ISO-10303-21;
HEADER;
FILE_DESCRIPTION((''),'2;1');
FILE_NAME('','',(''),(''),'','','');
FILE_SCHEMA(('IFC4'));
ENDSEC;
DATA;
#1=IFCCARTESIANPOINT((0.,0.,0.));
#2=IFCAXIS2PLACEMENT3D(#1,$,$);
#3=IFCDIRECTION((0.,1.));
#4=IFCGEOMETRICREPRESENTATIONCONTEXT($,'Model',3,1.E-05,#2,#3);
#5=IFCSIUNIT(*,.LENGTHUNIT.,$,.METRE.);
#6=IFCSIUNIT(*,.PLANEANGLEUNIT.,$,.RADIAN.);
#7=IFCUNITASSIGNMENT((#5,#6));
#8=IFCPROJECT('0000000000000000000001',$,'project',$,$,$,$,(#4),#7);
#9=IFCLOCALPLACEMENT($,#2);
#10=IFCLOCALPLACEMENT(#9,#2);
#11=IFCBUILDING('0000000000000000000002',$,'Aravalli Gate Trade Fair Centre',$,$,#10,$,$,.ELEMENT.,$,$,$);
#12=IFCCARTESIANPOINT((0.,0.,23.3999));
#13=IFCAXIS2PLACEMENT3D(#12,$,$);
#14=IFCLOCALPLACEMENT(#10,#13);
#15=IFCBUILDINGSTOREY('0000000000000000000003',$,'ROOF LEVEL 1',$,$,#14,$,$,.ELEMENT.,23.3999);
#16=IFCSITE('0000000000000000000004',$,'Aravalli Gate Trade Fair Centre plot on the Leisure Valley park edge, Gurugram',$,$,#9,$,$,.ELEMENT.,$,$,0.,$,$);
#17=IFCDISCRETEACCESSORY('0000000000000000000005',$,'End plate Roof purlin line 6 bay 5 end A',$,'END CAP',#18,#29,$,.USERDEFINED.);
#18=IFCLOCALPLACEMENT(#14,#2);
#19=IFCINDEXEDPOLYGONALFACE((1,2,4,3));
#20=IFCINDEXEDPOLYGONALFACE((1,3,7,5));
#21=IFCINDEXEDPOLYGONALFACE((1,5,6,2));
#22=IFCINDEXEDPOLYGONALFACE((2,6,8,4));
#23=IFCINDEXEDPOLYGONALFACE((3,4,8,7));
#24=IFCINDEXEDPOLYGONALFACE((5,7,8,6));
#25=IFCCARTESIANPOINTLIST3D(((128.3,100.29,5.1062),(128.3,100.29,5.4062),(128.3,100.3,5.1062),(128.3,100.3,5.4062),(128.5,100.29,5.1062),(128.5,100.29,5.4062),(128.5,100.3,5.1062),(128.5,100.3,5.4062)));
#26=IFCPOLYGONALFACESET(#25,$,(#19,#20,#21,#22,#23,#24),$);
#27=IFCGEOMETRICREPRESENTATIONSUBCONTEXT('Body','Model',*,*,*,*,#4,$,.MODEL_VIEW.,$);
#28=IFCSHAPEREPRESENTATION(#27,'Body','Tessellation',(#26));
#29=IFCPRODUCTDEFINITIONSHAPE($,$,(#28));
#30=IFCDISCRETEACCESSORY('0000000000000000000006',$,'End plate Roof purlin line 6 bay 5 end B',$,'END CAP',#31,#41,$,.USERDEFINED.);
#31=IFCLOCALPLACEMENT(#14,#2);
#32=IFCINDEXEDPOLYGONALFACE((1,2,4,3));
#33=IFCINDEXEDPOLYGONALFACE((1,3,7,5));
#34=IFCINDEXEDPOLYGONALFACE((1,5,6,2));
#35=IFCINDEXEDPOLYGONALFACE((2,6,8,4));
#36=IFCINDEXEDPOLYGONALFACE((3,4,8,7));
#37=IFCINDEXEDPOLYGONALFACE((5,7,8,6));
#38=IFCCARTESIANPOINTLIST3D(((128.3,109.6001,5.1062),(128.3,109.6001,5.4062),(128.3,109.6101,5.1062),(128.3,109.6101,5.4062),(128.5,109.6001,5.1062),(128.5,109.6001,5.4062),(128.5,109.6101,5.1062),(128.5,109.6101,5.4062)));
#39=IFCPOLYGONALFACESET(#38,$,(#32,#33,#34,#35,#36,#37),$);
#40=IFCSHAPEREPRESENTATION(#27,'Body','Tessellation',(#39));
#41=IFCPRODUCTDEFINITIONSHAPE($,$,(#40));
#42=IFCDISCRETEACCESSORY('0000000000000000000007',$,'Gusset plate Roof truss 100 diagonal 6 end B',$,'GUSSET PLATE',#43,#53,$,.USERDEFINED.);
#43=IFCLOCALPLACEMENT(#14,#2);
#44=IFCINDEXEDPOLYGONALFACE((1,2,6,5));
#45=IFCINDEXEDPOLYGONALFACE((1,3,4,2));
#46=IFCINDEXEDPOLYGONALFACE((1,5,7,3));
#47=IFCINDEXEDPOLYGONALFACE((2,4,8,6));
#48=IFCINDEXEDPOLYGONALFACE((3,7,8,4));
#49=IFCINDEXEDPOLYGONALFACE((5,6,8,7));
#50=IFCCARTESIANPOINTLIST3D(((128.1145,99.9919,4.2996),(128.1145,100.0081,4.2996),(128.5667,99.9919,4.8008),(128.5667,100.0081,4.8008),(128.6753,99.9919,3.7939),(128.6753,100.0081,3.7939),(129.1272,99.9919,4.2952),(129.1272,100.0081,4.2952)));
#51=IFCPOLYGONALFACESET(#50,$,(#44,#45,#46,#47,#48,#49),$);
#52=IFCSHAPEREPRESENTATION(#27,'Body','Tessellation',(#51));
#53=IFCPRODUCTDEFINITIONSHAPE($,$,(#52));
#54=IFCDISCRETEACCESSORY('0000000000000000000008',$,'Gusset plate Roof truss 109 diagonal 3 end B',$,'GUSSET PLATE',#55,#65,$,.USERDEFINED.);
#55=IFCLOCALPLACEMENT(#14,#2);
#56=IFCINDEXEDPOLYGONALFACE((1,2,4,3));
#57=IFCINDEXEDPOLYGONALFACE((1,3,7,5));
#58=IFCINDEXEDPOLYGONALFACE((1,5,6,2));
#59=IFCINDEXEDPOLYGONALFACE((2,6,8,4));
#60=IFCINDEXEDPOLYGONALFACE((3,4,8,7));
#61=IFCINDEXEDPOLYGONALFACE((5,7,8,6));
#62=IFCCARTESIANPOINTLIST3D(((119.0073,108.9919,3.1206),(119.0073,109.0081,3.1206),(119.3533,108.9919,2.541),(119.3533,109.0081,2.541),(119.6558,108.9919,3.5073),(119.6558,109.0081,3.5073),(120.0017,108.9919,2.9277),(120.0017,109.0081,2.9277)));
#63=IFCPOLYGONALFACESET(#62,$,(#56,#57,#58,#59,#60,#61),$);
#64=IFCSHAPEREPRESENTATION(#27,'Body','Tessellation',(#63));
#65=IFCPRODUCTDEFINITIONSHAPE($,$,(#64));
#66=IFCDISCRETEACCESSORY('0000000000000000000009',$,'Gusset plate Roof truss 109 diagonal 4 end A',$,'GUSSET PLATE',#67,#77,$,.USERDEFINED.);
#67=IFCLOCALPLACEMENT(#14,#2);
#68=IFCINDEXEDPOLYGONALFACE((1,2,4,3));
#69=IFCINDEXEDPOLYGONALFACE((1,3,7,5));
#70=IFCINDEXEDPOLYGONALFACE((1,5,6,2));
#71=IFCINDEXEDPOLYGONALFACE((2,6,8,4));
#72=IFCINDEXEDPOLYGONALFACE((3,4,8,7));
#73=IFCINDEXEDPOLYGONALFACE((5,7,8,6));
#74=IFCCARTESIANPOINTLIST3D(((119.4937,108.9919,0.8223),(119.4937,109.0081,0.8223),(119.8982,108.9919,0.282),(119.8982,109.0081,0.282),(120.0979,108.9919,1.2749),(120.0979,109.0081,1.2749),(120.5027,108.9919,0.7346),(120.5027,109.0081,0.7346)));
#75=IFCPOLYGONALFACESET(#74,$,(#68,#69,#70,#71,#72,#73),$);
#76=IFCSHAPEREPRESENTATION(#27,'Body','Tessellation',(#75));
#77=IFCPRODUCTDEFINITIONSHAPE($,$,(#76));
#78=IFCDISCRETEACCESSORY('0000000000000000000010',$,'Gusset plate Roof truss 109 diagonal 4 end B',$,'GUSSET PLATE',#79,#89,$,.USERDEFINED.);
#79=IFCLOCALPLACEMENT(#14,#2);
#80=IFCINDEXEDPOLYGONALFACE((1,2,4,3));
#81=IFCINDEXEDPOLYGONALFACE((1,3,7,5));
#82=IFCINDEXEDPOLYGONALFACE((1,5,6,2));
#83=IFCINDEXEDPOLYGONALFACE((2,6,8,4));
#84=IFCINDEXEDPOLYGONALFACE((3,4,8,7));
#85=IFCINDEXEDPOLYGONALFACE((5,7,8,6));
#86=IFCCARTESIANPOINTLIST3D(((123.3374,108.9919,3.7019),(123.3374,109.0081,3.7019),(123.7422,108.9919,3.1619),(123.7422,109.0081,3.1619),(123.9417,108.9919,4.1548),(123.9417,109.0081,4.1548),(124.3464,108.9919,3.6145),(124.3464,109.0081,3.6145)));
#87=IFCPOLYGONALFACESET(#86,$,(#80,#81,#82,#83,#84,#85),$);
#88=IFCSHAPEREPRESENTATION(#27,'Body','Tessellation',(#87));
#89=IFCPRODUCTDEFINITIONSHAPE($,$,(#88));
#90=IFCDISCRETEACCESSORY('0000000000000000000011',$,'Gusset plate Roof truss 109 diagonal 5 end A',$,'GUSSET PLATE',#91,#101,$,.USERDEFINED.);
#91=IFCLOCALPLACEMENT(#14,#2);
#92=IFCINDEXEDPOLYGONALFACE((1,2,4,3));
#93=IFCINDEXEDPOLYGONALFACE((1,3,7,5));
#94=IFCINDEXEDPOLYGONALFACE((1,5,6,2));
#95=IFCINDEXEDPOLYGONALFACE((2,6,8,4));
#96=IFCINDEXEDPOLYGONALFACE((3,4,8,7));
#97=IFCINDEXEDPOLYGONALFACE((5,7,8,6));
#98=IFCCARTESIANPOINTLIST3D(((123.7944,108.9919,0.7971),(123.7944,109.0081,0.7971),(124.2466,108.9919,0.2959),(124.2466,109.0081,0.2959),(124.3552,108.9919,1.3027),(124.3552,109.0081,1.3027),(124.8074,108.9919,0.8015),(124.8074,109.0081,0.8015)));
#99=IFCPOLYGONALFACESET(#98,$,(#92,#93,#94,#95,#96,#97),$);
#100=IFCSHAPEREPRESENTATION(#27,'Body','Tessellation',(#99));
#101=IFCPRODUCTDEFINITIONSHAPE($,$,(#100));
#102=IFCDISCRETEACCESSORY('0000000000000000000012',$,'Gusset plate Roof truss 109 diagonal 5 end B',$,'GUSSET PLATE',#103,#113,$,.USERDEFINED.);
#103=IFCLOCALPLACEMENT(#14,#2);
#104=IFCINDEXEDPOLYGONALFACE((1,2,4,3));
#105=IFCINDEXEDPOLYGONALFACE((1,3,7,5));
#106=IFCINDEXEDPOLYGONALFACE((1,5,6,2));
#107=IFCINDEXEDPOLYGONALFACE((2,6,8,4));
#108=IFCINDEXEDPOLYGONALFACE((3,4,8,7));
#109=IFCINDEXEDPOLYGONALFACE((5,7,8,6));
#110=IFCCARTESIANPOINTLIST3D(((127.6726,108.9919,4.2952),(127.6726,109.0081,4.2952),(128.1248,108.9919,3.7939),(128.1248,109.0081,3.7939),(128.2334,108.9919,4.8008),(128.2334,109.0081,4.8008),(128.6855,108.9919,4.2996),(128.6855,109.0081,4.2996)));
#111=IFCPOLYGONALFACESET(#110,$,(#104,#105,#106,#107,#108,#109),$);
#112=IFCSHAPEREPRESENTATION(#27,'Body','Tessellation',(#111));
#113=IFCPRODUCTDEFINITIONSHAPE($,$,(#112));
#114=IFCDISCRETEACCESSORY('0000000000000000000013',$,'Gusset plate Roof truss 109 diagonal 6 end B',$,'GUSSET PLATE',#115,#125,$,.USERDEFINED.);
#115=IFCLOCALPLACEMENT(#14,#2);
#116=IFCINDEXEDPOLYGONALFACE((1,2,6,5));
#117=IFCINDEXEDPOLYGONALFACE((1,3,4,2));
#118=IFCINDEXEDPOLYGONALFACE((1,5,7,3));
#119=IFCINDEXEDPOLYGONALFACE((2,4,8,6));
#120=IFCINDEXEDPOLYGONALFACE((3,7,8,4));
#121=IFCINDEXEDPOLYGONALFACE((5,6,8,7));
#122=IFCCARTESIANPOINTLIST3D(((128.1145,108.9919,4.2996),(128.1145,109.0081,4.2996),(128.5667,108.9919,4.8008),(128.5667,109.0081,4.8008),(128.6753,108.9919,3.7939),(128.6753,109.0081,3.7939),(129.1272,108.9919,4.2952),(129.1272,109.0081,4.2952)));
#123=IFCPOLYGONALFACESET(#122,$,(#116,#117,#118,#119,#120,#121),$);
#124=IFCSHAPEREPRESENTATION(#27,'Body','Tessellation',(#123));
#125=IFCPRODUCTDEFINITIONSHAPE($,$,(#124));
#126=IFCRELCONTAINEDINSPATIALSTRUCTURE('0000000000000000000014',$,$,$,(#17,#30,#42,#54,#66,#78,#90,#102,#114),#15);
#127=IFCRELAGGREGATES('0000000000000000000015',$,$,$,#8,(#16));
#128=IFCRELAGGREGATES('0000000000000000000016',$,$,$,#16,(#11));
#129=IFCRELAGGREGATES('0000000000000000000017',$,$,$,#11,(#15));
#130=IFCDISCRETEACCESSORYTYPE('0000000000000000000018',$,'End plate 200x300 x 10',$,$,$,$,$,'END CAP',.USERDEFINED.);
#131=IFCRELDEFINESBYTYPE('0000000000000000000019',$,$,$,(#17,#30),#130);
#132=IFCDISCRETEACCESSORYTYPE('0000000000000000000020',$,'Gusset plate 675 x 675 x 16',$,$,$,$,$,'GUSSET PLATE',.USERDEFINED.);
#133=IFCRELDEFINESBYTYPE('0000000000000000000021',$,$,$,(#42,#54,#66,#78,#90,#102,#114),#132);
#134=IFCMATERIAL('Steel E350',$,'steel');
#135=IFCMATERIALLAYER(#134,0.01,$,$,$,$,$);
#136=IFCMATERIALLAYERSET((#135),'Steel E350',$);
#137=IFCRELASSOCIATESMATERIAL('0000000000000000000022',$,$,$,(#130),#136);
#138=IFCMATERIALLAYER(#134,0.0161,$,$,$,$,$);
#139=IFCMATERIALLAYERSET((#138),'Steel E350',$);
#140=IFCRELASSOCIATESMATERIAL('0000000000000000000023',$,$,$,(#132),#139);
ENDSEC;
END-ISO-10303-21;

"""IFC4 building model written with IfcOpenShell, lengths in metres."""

from ifc_helpers import new_model, si_unit, direction, frame, origin, place, context, subcontext, project, spatial, polyline, outline, extrude, material, layer, layer_set, type_object, element, save


model = new_model("IFC4")

# Units and contexts
model_context = context("Model", 3, precision=1e-05, world=origin(), true_north=direction((0.0, 1.0)))
body_context = subcontext(model_context, "Body", "Model", "MODEL_VIEW")
ifc_project = project(units=[si_unit("LENGTHUNIT", "METRE"), si_unit("PLANEANGLEUNIT", "RADIAN")], contexts=[model_context])

# Site, building, storey
site_placement = place(None, origin())
site = spatial("IfcSite", under=ifc_project, at=site_placement, Name="Aravalli Gate Trade Fair Centre plot on the Leisure Valley park edge, Gurugram", CompositionType="ELEMENT", RefElevation=0.0)
building_placement = place(site_placement, origin())
building = spatial("IfcBuilding", under=site, at=building_placement, Name="Aravalli Gate Trade Fair Centre", CompositionType="ELEMENT")
storey_placement = place(building_placement, frame((0.0, 0.0, 23.3999)))
storey = spatial("IfcBuildingStorey", under=building, at=storey_placement, Name="ROOF LEVEL 1", CompositionType="ELEMENT", Elevation=23.3999)

# Shared definitions
ifc_material = material(Name="Steel E350", Category="steel")

# Discrete accessories
ifc_layer_1 = layer(ifc_material, 0.01)
ifc_layer_set_1 = layer_set([ifc_layer_1], Name="Steel E350")
discrete_accessory_type_1 = type_object("IfcDiscreteAccessoryType", Name="End plate 200x300 x 10", ElementType="END CAP", PredefinedType="USERDEFINED", material=ifc_layer_set_1)
for number, where, z_axis, x_axis, name in (
    (1, (128.5, 100.3, 5.1062), (0.0, 1.0, 0.0), (-1.0, 0.0, 0.0), "End plate Roof purlin line 6 bay 5 end A"),
    (2, (128.5, 109.6101, 5.1062), (0.0, 1.0, 0.0), (-1.0, 0.0, 0.0), "End plate Roof purlin line 6 bay 5 end B"),
):
    element("IfcDiscreteAccessory", number, at=place(storey_placement, frame(where, z_axis=z_axis, x_axis=x_axis)), inside=storey, type_object=discrete_accessory_type_1, Name=name, ObjectType="END CAP", PredefinedType="USERDEFINED", context=body_context, shape_type="SweptSolid", body=[
        extrude(outline(polyline([(0.0, 0.0), (0.2, 0.0), (0.2, 0.3), (0.0, 0.3), (0.0, 0.0)])), origin(), (0.0, 0.0, -1.0), 0.01),
    ])
ifc_layer_2 = layer(ifc_material, 0.0161)
ifc_layer_set_2 = layer_set([ifc_layer_2], Name="Steel E350")
discrete_accessory_type_2 = type_object("IfcDiscreteAccessoryType", Name="Gusset plate 675 x 675 x 16", ElementType="GUSSET PLATE", PredefinedType="USERDEFINED", material=ifc_layer_set_2)
discrete_accessory_1_placement = place(storey_placement, frame((128.6753, 100.0081, 3.7939), z_axis=(0.0, 1.0, 0.0), x_axis=(-0.742699, 0.0, 0.669625)))
element("IfcDiscreteAccessory", 3, at=discrete_accessory_1_placement, inside=storey, type_object=discrete_accessory_type_2, Name="Gusset plate Roof truss 100 diagonal 6 end B", ObjectType="GUSSET PLATE", PredefinedType="USERDEFINED", context=body_context, shape_type="SweptSolid", body=[
    extrude(outline(polyline([(0.0, 0.0), (0.7551, 0.0), (0.7549, 0.675), (0.0, 0.6749), (0.0, 0.0)])), origin(), (0.0, 0.0, -1.0), 0.0161),
])
discrete_accessory_2_placement = place(storey_placement, frame((119.3533, 108.9919, 2.541), z_axis=(0.0, -1.0, 0.0), x_axis=(0.858859, 0.0, 0.512211)))
element("IfcDiscreteAccessory", 4, at=discrete_accessory_2_placement, inside=storey, type_object=discrete_accessory_type_2, Name="Gusset plate Roof truss 109 diagonal 3 end B", ObjectType="GUSSET PLATE", PredefinedType="USERDEFINED", context=body_context, shape_type="SweptSolid", body=[
    extrude(outline(polyline([(0.0, 0.0), (0.755, 0.0), (0.7548, 0.675), (-0.0002, 0.675), (0.0, 0.0)])), origin(), (0.0, 0.0, -1.0), 0.0161),
])
discrete_accessory_3_placement = place(storey_placement, frame((120.0979, 108.9919, 1.2749), z_axis=(0.0, -1.0, 0.0), x_axis=(-0.800349, 0.0, -0.599534)))
element("IfcDiscreteAccessory", 5, at=discrete_accessory_3_placement, inside=storey, type_object=discrete_accessory_type_2, Name="Gusset plate Roof truss 109 diagonal 4 end A", ObjectType="GUSSET PLATE", PredefinedType="USERDEFINED", context=body_context, shape_type="SweptSolid", body=[
    extrude(outline(polyline([(0.0, 0.0), (0.755, 0.0), (0.7551, 0.675), (-0.0001, 0.6751), (0.0, 0.0)])), origin(), (0.0, 0.0, -1.0), 0.0161),
])
discrete_accessory_4_placement = place(storey_placement, frame((123.7422, 108.9919, 3.1619), z_axis=(0.0, -1.0, 0.0), x_axis=(0.800349, 0.0, 0.599534)))
element("IfcDiscreteAccessory", 6, at=discrete_accessory_4_placement, inside=storey, type_object=discrete_accessory_type_2, Name="Gusset plate Roof truss 109 diagonal 4 end B", ObjectType="GUSSET PLATE", PredefinedType="USERDEFINED", context=body_context, shape_type="SweptSolid", body=[
    extrude(outline(polyline([(0.0, 0.0), (0.755, 0.0), (0.7549, 0.6751), (-0.0002, 0.6749), (0.0, 0.0)])), origin(), (0.0, 0.0, -1.0), 0.0161),
])
for number, where, z_axis, x_axis, name in (
    (7, (124.3552, 108.9919, 1.3027), (0.0, -1.0, 0.0), (-0.742699, 0.0, -0.669625), "Gusset plate Roof truss 109 diagonal 5 end A"),
    (8, (128.1248, 108.9919, 3.7939), (0.0, -1.0, 0.0), (0.742699, 0.0, 0.669625), "Gusset plate Roof truss 109 diagonal 5 end B"),
):
    element("IfcDiscreteAccessory", number, at=place(storey_placement, frame(where, z_axis=z_axis, x_axis=x_axis)), inside=storey, type_object=discrete_accessory_type_2, Name=name, ObjectType="GUSSET PLATE", PredefinedType="USERDEFINED", context=body_context, shape_type="SweptSolid", body=[
        extrude(outline(polyline([(0.0, 0.0), (0.7551, 0.0), (0.7549, 0.675), (-0.0002, 0.675), (0.0, 0.0)])), origin(), (0.0, 0.0, -1.0), 0.0161),
    ])
discrete_accessory_5_placement = place(storey_placement, frame((128.6753, 109.0081, 3.7939), z_axis=(0.0, 1.0, 0.0), x_axis=(-0.742699, 0.0, 0.669625)))
element("IfcDiscreteAccessory", 9, at=discrete_accessory_5_placement, inside=storey, type_object=discrete_accessory_type_2, Name="Gusset plate Roof truss 109 diagonal 6 end B", ObjectType="GUSSET PLATE", PredefinedType="USERDEFINED", context=body_context, shape_type="SweptSolid", body=[
    extrude(outline(polyline([(0.0, 0.0), (0.7551, 0.0), (0.7549, 0.675), (0.0, 0.6749), (0.0, 0.0)])), origin(), (0.0, 0.0, -1.0), 0.0161),
])

save(model, "model.ifc")
